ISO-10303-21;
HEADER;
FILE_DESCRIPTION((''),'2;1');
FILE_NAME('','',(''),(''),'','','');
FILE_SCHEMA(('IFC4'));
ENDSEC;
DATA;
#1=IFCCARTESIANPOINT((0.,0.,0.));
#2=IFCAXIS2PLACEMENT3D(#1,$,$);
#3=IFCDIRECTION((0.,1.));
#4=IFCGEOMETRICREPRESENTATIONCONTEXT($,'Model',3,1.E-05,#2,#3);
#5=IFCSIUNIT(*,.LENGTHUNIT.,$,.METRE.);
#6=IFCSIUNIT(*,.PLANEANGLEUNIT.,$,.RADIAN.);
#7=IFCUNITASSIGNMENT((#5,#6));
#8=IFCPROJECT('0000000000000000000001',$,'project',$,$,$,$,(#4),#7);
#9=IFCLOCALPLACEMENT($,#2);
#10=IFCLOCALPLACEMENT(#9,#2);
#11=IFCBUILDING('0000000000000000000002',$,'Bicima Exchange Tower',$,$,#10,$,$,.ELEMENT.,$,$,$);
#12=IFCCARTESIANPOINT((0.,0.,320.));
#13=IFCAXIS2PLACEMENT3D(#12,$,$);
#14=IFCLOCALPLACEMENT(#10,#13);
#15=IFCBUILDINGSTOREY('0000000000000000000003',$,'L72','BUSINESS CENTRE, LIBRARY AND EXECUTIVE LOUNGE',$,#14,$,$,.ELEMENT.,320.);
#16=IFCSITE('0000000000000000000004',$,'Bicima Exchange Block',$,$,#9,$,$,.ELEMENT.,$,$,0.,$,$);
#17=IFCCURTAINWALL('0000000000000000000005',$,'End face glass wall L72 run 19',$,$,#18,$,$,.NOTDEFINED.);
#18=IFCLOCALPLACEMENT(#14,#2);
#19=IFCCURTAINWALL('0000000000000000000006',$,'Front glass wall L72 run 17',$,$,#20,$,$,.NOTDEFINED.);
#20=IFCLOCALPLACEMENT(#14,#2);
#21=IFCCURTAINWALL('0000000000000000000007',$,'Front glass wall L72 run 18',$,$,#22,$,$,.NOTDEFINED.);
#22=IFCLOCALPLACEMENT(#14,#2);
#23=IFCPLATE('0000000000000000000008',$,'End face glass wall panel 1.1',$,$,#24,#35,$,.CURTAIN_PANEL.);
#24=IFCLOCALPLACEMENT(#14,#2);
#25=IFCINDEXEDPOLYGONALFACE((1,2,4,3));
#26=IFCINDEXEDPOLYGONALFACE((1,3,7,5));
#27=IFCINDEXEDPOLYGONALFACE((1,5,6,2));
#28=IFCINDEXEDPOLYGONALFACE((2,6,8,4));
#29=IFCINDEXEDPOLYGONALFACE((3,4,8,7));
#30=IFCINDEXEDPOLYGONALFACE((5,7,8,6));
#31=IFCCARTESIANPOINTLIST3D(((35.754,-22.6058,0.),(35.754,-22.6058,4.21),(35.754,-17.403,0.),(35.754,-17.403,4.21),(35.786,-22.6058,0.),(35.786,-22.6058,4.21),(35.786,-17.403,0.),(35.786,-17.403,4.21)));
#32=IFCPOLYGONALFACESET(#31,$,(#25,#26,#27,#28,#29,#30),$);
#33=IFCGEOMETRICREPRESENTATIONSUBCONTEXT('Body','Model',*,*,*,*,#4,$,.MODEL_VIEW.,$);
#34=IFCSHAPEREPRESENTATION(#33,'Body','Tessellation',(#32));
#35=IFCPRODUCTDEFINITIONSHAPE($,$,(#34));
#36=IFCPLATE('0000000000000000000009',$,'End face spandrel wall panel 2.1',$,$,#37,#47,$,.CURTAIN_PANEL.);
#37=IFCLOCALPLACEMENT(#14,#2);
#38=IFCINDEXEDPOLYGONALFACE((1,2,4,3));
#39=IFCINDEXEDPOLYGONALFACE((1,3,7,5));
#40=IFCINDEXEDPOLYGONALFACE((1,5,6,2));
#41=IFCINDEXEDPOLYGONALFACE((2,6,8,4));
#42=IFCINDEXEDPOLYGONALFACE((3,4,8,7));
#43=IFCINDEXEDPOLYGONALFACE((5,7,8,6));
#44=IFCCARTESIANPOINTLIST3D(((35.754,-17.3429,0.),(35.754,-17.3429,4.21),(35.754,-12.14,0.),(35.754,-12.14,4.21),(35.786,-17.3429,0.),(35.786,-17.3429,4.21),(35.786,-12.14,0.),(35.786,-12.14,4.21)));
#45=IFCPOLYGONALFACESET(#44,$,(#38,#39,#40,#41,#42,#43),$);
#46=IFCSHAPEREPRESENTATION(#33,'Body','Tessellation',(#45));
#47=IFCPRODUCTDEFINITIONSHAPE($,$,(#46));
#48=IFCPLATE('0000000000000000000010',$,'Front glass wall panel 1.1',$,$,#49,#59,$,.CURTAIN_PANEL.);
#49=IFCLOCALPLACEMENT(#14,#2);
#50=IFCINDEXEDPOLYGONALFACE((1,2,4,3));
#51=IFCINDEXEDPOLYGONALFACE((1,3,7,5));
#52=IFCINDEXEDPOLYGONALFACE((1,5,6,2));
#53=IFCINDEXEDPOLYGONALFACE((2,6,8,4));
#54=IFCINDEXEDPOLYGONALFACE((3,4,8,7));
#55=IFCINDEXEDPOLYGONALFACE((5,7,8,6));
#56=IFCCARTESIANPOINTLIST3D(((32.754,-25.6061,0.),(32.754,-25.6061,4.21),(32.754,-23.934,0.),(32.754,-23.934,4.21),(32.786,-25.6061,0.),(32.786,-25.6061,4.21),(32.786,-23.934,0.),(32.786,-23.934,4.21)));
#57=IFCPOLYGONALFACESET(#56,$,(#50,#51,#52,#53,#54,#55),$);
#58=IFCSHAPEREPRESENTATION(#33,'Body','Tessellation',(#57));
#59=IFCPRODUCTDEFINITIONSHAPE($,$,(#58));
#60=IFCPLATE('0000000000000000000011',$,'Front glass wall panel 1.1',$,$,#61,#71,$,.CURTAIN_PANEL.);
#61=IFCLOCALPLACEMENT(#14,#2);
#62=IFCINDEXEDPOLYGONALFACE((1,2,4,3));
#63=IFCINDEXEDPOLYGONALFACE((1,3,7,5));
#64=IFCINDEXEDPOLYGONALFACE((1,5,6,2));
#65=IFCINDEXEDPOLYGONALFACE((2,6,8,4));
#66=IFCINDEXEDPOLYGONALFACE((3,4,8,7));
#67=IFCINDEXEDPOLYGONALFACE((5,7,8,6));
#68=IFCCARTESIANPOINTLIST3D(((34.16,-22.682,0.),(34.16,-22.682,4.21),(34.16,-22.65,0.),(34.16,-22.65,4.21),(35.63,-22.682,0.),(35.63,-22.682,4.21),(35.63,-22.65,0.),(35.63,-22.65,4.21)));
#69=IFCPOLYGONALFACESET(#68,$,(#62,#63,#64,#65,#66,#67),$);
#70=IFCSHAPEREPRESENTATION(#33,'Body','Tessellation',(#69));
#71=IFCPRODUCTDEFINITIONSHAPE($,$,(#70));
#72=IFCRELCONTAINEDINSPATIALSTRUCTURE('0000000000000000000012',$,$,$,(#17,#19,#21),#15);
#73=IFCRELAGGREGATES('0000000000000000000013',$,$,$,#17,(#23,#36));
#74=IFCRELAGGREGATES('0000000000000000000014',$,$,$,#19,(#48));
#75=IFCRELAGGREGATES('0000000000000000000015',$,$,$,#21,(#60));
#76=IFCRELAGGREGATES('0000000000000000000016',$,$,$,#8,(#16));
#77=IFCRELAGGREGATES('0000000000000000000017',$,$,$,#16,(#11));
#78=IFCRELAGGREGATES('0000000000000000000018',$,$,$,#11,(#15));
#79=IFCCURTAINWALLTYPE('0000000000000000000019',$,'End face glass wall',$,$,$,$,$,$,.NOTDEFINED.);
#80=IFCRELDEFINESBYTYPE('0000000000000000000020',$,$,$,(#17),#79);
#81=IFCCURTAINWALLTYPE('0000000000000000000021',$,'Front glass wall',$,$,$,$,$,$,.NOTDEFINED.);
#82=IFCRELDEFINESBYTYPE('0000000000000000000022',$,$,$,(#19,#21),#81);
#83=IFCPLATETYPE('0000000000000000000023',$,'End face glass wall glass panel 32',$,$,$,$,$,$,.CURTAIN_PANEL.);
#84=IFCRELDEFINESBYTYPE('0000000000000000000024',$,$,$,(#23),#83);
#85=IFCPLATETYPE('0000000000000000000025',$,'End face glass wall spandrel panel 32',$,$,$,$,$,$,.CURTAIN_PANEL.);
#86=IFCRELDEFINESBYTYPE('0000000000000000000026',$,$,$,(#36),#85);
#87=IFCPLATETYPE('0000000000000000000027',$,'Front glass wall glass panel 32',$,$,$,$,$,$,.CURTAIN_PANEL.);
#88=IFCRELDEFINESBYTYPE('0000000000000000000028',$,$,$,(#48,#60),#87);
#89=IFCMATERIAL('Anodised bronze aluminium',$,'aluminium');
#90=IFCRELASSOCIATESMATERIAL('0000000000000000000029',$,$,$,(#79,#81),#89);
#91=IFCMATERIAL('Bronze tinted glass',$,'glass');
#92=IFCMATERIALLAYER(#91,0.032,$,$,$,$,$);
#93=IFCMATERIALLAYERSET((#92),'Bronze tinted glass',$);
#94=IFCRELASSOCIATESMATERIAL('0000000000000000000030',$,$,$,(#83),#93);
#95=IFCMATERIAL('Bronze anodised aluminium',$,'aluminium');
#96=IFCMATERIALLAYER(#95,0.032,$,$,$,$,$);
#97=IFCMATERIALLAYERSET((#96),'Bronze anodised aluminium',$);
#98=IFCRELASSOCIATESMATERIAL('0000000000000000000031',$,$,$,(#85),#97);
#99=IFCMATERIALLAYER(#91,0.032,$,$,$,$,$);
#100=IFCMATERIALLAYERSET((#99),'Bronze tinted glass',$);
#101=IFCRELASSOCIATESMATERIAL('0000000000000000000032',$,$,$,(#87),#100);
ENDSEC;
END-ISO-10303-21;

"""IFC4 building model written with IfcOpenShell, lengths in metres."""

from ifc_helpers import new_model, si_unit, direction, frame, origin, origin_2d, place, context, subcontext, project, spatial, rectangle, extrude, material, layer, layer_set, type_object, element, aggregate, save


model = new_model("IFC4")

# Units and contexts
model_context = context("Model", 3, precision=1e-05, world=origin(), true_north=direction((0.0, 1.0)))
body_context = subcontext(model_context, "Body", "Model", "MODEL_VIEW")
ifc_project = project(units=[si_unit("LENGTHUNIT", "METRE"), si_unit("PLANEANGLEUNIT", "RADIAN")], contexts=[model_context])

# Site, building, storey
site_placement = place(None, origin())
site = spatial("IfcSite", under=ifc_project, at=site_placement, Name="Bicima Exchange Block", CompositionType="ELEMENT", RefElevation=0.0)
building_placement = place(site_placement, origin())
building = spatial("IfcBuilding", under=site, at=building_placement, Name="Bicima Exchange Tower", CompositionType="ELEMENT")
storey_placement = place(building_placement, frame((0.0, 0.0, 320.0)))
storey = spatial("IfcBuildingStorey", under=building, at=storey_placement, Name="L72", Description="BUSINESS CENTRE, LIBRARY AND EXECUTIVE LOUNGE", CompositionType="ELEMENT", Elevation=320.0)

# Curtain walls
ifc_material_1 = material(Name="Anodised bronze aluminium", Category="aluminium")
curtain_wall_type_1 = type_object("IfcCurtainWallType", Name="End face glass wall", PredefinedType="NOTDEFINED", material=ifc_material_1)
curtain_wall_1_placement = place(storey_placement, origin())
curtain_wall_1 = element("IfcCurtainWall", 1, at=curtain_wall_1_placement, inside=storey, type_object=curtain_wall_type_1, Name="End face glass wall L72 run 19", PredefinedType="NOTDEFINED")
curtain_wall_type_2 = type_object("IfcCurtainWallType", Name="Front glass wall", PredefinedType="NOTDEFINED", material=ifc_material_1)
curtain_wall_2_placement = place(storey_placement, origin())
curtain_wall_2 = element("IfcCurtainWall", 2, at=curtain_wall_2_placement, inside=storey, type_object=curtain_wall_type_2, Name="Front glass wall L72 run 17", PredefinedType="NOTDEFINED")
curtain_wall_3_placement = place(storey_placement, origin())
curtain_wall_3 = element("IfcCurtainWall", 3, at=curtain_wall_3_placement, inside=storey, type_object=curtain_wall_type_2, Name="Front glass wall L72 run 18", PredefinedType="NOTDEFINED")

# Plates
ifc_material_2 = material(Name="Bronze tinted glass", Category="glass")
ifc_layer_1 = layer(ifc_material_2, 0.032)
ifc_layer_set_1 = layer_set([ifc_layer_1], Name="Bronze tinted glass")
plate_type_1 = type_object("IfcPlateType", Name="End face glass wall glass panel 32", PredefinedType="CURTAIN_PANEL", material=ifc_layer_set_1)
plate_1_placement = place(storey_placement, frame((35.77, -20.0044, 0.0), z_axis=(0.0, 0.0, 1.0), x_axis=(0.0, 1.0, 0.0)))
plate_1 = element("IfcPlate", 4, at=plate_1_placement, type_object=plate_type_1, Name="End face glass wall panel 1.1", PredefinedType="CURTAIN_PANEL", context=body_context, shape_type="SweptSolid", body=[
    extrude(rectangle(XDim=5.2029, YDim=0.032, at=origin_2d()), origin(), (0.0, 0.0, 1.0), 4.21),
])
ifc_material_3 = material(Name="Bronze anodised aluminium", Category="aluminium")
ifc_layer_2 = layer(ifc_material_3, 0.032)
ifc_layer_set_2 = layer_set([ifc_layer_2], Name="Bronze anodised aluminium")
plate_type_2 = type_object("IfcPlateType", Name="End face glass wall spandrel panel 32", PredefinedType="CURTAIN_PANEL", material=ifc_layer_set_2)
plate_2_placement = place(storey_placement, frame((35.77, -14.7415, 0.0), z_axis=(0.0, 0.0, 1.0), x_axis=(0.0, 1.0, 0.0)))
plate_2 = element("IfcPlate", 5, at=plate_2_placement, type_object=plate_type_2, Name="End face spandrel wall panel 2.1", PredefinedType="CURTAIN_PANEL", context=body_context, shape_type="SweptSolid", body=[
    extrude(rectangle(XDim=5.2029, YDim=0.032, at=origin_2d()), origin(), (0.0, 0.0, 1.0), 4.21),
])
aggregate(curtain_wall_1, [plate_1, plate_2])
ifc_layer_3 = layer(ifc_material_2, 0.032)
ifc_layer_set_3 = layer_set([ifc_layer_3], Name="Bronze tinted glass")
plate_type_3 = type_object("IfcPlateType", Name="Front glass wall glass panel 32", PredefinedType="CURTAIN_PANEL", material=ifc_layer_set_3)
plate_3_placement = place(storey_placement, frame((32.77, -24.77, 0.0), z_axis=(0.0, 0.0, 1.0), x_axis=(0.0, 1.0, 0.0)))
plate_3 = element("IfcPlate", 6, at=plate_3_placement, type_object=plate_type_3, Name="Front glass wall panel 1.1", PredefinedType="CURTAIN_PANEL", context=body_context, shape_type="SweptSolid", body=[
    extrude(rectangle(XDim=1.6721, YDim=0.032, at=origin_2d()), origin(), (0.0, 0.0, 1.0), 4.21),
])
aggregate(curtain_wall_2, [plate_3])
plate_4_placement = place(storey_placement, frame((34.895, -22.666, 0.0), z_axis=(0.0, 0.0, 1.0), x_axis=(1.0, 0.0, 0.0)))
plate_4 = element("IfcPlate", 7, at=plate_4_placement, type_object=plate_type_3, Name="Front glass wall panel 1.1", PredefinedType="CURTAIN_PANEL", context=body_context, shape_type="SweptSolid", body=[
    extrude(rectangle(XDim=1.47, YDim=0.032, at=origin_2d()), origin(), (0.0, 0.0, 1.0), 4.21),
])
aggregate(curtain_wall_3, [plate_4])

save(model, "model.ifc")
